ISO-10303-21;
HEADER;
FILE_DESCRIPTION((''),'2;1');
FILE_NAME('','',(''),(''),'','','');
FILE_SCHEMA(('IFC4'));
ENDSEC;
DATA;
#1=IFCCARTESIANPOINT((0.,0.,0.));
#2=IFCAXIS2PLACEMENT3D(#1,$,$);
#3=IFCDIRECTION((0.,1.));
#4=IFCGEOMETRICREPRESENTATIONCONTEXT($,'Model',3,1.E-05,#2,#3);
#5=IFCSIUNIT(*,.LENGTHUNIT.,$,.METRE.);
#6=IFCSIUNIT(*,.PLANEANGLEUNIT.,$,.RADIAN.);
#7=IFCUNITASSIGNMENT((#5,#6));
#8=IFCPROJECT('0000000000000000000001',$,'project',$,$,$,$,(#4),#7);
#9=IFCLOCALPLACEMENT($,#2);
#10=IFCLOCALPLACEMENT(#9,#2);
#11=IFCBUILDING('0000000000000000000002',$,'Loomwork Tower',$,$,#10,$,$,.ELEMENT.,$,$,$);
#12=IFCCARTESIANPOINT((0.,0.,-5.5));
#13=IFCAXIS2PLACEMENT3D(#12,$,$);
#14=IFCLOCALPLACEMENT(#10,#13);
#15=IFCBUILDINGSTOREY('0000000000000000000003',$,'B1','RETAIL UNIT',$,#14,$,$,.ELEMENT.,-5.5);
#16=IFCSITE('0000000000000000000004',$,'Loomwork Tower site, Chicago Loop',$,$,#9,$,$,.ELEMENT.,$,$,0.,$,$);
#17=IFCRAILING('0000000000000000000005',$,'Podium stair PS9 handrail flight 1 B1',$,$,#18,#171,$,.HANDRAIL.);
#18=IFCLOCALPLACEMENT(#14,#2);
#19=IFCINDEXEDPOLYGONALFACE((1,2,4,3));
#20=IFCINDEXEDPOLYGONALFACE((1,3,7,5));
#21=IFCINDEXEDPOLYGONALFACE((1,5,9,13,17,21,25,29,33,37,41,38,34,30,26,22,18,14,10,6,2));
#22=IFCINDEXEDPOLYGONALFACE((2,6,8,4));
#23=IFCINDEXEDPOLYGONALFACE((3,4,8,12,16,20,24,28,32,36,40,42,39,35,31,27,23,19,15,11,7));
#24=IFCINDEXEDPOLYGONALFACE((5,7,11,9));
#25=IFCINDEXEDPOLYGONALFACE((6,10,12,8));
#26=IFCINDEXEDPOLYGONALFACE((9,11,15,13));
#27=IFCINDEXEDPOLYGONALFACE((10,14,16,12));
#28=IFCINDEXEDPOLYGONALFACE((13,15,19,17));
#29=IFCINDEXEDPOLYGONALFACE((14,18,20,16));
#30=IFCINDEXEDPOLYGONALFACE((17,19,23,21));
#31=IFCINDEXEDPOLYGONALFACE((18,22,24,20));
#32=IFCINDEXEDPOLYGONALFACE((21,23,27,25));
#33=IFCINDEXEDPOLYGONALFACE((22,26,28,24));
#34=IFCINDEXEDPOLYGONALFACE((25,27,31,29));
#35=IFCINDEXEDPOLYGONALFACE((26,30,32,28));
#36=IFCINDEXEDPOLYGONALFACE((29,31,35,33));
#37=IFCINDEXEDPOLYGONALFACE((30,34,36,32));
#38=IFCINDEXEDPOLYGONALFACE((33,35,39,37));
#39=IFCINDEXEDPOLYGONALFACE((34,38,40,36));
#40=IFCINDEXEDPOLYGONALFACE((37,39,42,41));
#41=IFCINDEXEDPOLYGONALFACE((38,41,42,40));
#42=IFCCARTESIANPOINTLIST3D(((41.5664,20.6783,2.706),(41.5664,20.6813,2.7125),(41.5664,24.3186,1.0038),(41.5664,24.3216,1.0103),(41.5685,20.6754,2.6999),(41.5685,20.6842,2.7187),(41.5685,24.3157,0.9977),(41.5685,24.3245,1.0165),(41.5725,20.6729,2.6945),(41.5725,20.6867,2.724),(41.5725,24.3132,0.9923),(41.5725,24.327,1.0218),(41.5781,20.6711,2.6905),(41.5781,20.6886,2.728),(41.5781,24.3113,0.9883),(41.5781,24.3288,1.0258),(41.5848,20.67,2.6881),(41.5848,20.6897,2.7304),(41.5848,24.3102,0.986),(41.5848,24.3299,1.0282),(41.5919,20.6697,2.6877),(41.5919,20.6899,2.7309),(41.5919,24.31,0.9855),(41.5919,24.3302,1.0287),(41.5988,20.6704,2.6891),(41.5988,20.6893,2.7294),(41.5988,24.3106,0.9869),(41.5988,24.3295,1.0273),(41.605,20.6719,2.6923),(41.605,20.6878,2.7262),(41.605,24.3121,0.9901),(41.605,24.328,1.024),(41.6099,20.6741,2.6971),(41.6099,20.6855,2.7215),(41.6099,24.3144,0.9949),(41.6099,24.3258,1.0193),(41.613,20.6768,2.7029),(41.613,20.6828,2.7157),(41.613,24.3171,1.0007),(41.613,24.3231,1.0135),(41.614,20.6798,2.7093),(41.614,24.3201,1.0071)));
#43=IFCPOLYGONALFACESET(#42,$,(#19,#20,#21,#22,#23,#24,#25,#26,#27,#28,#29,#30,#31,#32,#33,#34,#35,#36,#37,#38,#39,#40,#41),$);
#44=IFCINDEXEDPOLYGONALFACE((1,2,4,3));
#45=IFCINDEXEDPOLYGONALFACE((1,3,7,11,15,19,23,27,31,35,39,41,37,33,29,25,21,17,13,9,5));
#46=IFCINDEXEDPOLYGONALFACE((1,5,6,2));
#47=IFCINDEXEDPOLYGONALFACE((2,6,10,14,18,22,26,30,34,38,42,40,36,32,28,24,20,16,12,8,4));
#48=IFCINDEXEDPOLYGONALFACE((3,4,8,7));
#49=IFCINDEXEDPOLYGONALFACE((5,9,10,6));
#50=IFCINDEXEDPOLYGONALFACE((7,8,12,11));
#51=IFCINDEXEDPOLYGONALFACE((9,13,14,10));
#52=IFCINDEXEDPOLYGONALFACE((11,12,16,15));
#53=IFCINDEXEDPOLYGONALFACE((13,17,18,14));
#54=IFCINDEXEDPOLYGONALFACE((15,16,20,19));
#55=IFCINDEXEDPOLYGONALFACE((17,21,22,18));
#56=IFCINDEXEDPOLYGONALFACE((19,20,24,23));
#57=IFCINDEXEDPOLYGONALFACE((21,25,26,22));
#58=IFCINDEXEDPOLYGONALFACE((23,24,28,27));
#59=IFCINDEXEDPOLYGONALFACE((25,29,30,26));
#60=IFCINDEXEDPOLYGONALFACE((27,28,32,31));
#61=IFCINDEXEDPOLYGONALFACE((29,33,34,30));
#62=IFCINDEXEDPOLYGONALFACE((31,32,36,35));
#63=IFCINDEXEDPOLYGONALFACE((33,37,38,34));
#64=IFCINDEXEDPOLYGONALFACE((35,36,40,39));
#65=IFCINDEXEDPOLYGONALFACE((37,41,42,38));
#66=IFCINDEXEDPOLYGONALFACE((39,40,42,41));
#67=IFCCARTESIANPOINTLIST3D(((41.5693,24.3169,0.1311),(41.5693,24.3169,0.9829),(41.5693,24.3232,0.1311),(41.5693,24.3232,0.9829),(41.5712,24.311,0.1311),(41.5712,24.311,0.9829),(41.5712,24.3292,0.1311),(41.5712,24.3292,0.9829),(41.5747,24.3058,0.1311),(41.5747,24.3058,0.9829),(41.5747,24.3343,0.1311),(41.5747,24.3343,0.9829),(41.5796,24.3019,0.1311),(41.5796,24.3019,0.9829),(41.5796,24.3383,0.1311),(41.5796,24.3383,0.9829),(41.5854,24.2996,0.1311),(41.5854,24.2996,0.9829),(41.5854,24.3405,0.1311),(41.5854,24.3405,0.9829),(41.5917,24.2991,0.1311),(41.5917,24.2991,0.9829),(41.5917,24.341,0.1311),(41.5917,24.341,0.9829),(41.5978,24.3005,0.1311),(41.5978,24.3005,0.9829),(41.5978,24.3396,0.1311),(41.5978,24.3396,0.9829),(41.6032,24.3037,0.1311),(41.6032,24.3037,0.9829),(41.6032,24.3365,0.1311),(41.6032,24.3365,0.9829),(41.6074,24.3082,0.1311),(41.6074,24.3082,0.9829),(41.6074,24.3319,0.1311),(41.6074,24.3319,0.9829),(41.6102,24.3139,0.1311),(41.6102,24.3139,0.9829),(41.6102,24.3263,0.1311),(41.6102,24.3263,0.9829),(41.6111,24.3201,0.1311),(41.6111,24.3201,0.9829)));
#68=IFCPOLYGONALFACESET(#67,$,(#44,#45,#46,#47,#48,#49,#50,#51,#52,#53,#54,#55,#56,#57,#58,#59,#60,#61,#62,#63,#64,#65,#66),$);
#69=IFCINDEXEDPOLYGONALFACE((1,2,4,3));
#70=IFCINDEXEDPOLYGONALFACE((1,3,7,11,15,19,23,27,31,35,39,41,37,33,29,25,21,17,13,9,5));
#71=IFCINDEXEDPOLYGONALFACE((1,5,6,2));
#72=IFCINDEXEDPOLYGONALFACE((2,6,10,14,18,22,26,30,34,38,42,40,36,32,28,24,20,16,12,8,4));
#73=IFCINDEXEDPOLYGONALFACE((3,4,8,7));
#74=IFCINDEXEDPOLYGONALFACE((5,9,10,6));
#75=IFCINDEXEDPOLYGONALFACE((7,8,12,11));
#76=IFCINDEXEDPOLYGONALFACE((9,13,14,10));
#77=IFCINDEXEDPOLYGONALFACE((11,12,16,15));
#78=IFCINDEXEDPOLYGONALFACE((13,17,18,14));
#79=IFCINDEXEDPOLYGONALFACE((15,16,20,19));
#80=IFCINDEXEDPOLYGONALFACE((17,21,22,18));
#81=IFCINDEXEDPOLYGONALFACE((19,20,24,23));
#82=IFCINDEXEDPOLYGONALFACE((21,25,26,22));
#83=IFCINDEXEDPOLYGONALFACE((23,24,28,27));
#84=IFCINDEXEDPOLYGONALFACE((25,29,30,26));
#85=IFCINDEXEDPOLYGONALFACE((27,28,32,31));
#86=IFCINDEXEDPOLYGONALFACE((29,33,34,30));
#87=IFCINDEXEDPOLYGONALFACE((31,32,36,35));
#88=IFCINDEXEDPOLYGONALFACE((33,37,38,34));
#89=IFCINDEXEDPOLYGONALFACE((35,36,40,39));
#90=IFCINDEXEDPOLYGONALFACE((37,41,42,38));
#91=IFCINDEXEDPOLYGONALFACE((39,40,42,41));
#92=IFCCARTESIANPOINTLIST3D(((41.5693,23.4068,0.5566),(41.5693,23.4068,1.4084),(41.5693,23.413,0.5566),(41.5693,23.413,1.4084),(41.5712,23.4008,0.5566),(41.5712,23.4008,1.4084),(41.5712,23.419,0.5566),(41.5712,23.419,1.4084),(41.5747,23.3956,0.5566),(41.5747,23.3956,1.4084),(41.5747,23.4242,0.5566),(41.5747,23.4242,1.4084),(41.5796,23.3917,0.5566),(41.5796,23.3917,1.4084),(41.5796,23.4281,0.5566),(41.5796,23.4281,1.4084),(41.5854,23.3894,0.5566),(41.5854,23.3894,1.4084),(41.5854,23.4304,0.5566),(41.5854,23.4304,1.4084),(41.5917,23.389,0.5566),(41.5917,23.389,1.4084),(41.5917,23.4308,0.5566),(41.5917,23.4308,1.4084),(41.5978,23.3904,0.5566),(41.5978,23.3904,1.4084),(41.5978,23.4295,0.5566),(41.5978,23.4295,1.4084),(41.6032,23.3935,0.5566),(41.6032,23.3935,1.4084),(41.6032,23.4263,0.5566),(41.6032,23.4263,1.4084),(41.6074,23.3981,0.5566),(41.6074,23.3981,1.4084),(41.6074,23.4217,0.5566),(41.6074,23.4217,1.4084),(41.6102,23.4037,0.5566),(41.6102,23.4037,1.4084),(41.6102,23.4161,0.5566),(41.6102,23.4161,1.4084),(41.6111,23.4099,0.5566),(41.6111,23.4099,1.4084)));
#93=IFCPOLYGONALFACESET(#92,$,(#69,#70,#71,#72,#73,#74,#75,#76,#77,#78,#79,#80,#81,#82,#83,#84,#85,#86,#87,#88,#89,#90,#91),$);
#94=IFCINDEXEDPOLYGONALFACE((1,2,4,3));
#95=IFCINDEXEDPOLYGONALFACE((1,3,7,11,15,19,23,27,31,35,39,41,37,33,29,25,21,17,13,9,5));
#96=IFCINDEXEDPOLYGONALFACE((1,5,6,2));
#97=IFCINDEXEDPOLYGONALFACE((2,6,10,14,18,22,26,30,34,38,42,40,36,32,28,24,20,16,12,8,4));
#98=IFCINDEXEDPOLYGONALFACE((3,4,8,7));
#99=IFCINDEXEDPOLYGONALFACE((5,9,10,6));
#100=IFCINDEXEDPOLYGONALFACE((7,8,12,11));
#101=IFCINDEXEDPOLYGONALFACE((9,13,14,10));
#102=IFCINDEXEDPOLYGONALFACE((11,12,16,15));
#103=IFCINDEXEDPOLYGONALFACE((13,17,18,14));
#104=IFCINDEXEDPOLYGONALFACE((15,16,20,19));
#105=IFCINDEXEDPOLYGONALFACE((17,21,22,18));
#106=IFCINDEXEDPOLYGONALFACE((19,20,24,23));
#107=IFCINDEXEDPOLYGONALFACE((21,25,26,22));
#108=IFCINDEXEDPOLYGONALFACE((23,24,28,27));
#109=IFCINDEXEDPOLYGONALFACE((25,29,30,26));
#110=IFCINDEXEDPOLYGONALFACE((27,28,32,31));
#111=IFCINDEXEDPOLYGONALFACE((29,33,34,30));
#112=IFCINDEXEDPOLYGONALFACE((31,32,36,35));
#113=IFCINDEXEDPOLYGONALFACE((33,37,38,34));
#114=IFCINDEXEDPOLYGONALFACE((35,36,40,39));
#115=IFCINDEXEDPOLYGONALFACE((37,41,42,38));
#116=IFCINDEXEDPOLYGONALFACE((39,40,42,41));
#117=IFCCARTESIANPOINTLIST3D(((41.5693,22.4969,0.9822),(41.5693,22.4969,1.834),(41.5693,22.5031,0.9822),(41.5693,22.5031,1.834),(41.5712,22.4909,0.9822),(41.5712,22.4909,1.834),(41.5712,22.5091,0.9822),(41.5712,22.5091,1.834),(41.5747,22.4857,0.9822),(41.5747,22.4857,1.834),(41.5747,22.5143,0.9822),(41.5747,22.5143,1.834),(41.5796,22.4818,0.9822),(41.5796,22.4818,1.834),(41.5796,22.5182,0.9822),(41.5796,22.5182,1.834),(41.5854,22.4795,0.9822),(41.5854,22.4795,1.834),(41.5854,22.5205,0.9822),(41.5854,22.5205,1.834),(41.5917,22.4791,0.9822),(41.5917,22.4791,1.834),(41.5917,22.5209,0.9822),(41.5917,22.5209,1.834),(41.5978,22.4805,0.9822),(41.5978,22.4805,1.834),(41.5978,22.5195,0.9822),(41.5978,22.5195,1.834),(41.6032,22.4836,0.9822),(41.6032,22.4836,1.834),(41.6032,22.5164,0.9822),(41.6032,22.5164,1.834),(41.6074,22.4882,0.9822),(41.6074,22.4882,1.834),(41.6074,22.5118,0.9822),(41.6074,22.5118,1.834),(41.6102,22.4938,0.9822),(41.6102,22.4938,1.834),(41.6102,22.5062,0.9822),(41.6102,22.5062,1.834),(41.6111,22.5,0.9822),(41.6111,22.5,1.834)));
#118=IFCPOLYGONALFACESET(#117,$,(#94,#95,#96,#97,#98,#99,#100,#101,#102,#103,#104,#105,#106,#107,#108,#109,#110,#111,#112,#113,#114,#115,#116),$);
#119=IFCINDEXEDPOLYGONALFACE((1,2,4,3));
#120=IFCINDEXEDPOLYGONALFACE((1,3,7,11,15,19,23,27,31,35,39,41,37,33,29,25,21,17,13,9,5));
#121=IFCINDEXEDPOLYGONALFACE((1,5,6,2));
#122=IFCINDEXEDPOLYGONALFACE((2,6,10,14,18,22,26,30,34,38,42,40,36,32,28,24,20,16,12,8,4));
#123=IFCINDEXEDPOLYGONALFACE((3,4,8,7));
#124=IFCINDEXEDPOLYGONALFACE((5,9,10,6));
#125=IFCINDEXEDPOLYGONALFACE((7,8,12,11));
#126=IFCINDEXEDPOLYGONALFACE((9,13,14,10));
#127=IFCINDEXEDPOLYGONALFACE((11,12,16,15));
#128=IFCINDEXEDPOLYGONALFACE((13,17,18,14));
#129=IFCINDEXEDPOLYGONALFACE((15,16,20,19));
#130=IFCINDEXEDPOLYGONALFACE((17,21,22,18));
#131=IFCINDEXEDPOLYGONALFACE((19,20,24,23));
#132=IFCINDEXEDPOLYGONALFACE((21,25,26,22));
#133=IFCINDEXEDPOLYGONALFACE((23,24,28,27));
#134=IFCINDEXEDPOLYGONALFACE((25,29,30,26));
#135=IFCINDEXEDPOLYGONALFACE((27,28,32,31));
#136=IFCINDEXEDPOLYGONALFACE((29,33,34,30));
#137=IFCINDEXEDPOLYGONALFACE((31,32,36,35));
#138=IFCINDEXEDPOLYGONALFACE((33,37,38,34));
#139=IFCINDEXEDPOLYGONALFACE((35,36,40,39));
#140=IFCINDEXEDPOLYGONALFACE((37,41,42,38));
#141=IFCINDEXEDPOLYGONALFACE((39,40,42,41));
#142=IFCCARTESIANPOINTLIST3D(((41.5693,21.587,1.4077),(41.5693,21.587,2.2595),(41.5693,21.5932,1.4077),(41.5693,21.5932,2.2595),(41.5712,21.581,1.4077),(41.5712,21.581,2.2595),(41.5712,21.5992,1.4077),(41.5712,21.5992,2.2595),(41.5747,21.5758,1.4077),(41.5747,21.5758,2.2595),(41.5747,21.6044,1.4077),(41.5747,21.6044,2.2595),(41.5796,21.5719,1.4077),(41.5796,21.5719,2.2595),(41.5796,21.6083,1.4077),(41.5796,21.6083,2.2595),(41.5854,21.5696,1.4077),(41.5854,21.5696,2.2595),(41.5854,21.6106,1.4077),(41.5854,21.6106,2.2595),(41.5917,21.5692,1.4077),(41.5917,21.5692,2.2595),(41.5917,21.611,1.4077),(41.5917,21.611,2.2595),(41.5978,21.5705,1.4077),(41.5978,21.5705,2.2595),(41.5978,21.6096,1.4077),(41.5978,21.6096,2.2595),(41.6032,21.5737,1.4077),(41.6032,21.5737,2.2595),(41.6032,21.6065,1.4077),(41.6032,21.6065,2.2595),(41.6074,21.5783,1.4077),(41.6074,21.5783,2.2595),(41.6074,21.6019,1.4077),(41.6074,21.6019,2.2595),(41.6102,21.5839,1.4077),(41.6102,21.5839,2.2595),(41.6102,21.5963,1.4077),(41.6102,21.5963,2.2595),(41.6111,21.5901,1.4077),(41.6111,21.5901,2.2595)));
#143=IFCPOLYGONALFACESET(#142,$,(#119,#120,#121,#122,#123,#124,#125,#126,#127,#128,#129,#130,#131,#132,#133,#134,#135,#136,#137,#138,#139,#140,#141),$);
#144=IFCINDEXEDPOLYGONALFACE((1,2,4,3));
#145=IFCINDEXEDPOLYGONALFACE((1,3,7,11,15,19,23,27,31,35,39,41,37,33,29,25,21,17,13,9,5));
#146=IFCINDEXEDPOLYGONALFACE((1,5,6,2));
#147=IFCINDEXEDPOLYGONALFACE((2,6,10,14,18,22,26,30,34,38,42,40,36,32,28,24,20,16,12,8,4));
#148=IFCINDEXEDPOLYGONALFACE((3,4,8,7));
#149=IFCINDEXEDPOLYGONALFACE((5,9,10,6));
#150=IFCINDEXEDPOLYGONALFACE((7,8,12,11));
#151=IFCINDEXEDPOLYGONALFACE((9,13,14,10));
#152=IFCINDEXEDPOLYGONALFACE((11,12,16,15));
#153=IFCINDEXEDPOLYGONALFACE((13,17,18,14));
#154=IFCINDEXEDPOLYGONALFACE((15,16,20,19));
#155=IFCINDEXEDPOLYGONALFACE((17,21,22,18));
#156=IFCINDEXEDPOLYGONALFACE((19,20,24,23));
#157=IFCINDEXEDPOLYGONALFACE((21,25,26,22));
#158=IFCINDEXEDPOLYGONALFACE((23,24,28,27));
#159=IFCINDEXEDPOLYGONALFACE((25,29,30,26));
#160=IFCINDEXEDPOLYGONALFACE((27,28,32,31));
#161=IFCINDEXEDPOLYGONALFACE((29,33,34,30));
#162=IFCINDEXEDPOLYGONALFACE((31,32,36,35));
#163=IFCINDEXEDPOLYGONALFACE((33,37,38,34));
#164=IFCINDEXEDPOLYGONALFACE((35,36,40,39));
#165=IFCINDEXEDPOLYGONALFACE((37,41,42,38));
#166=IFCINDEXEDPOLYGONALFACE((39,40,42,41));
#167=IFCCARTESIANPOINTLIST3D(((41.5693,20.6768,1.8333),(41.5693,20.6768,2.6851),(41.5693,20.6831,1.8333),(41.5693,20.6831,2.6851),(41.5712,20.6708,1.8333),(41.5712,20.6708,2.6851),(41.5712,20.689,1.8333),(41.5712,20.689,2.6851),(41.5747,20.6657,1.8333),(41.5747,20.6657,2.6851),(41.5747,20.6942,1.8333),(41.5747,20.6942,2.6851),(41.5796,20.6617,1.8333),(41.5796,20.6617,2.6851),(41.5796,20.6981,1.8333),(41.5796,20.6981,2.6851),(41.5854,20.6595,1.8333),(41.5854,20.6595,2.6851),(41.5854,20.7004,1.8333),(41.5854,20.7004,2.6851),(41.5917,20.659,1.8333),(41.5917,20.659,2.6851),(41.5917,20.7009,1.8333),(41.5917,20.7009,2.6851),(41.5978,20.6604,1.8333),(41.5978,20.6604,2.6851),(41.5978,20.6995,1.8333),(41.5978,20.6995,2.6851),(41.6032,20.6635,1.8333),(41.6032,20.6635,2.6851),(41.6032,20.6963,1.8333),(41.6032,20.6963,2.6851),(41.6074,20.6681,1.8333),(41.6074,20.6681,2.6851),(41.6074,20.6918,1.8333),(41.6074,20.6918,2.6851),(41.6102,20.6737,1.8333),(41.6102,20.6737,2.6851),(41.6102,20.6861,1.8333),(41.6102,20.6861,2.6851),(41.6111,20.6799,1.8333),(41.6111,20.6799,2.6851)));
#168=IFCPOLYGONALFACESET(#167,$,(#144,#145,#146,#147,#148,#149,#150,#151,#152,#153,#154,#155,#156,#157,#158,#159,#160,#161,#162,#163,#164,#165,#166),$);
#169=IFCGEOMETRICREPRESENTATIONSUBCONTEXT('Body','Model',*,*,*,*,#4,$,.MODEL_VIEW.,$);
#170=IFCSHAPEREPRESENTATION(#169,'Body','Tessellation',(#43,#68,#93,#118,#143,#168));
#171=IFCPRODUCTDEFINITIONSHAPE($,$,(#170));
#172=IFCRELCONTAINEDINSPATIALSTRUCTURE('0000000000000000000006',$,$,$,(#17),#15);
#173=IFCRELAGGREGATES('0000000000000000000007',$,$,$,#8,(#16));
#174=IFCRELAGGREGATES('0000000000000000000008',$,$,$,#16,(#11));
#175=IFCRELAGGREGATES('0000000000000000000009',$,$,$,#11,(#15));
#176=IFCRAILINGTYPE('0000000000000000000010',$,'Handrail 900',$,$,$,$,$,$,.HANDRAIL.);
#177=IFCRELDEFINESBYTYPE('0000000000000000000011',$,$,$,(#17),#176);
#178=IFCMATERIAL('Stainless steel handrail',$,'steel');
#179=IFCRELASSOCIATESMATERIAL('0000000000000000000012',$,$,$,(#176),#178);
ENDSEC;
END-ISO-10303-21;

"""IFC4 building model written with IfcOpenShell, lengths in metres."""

from ifc_helpers import new_model, si_unit, direction, frame, origin, origin_2d, place, context, subcontext, project, spatial, circle, extrude, material, type_object, element, save


model = new_model("IFC4")

# Units and contexts
model_context = context("Model", 3, precision=1e-05, world=origin(), true_north=direction((0.0, 1.0)))
body_context = subcontext(model_context, "Body", "Model", "MODEL_VIEW")
ifc_project = project(units=[si_unit("LENGTHUNIT", "METRE"), si_unit("PLANEANGLEUNIT", "RADIAN")], contexts=[model_context])

# Site, building, storey
site_placement = place(None, origin())
site = spatial("IfcSite", under=ifc_project, at=site_placement, Name="Loomwork Tower site, Chicago Loop", CompositionType="ELEMENT", RefElevation=0.0)
building_placement = place(site_placement, origin())
building = spatial("IfcBuilding", under=site, at=building_placement, Name="Loomwork Tower", CompositionType="ELEMENT")
storey_placement = place(building_placement, frame((0.0, 0.0, -5.5)))
storey = spatial("IfcBuildingStorey", under=building, at=storey_placement, Name="B1", Description="RETAIL UNIT", CompositionType="ELEMENT", Elevation=-5.5)

# Railing
ifc_material_1 = material(Name="Stainless steel handrail", Category="steel")
railing_type = type_object("IfcRailingType", Name="Handrail 900", PredefinedType="HANDRAIL", material=ifc_material_1)
railing_1_placement = place(storey_placement, frame((41.5901, 24.3201, 0.1311)))
element("IfcRailing", 1, at=railing_1_placement, inside=storey, type_object=railing_type, Name="Podium stair PS9 handrail flight 1 B1", PredefinedType="HANDRAIL", context=body_context, shape_type="SweptSolid", body=[
    extrude(circle(Radius=0.0239, at=origin_2d()), frame((0.0, 0.0, 0.876), z_axis=(0.0, -0.905857, 0.423584), x_axis=(1.0, 0.0, 0.0)), (0.0, 0.0, 1.0), 4.0186),
    extrude(circle(Radius=0.021, at=origin_2d()), origin(), (0.0, 0.0, 1.0), 0.8518),
    extrude(circle(Radius=0.021, at=origin_2d()), frame((0.0, -0.9102, 0.4255)), (0.0, 0.0, 1.0), 0.8518),
    extrude(circle(Radius=0.021, at=origin_2d()), frame((0.0, -1.8201, 0.8511)), (0.0, 0.0, 1.0), 0.8518),
    extrude(circle(Radius=0.021, at=origin_2d()), frame((0.0, -2.73, 1.2766)), (0.0, 0.0, 1.0), 0.8518),
    extrude(circle(Radius=0.021, at=origin_2d()), frame((0.0, -3.6401, 1.7021)), (0.0, 0.0, 1.0), 0.8518),
])

save(model, "model.ifc")
